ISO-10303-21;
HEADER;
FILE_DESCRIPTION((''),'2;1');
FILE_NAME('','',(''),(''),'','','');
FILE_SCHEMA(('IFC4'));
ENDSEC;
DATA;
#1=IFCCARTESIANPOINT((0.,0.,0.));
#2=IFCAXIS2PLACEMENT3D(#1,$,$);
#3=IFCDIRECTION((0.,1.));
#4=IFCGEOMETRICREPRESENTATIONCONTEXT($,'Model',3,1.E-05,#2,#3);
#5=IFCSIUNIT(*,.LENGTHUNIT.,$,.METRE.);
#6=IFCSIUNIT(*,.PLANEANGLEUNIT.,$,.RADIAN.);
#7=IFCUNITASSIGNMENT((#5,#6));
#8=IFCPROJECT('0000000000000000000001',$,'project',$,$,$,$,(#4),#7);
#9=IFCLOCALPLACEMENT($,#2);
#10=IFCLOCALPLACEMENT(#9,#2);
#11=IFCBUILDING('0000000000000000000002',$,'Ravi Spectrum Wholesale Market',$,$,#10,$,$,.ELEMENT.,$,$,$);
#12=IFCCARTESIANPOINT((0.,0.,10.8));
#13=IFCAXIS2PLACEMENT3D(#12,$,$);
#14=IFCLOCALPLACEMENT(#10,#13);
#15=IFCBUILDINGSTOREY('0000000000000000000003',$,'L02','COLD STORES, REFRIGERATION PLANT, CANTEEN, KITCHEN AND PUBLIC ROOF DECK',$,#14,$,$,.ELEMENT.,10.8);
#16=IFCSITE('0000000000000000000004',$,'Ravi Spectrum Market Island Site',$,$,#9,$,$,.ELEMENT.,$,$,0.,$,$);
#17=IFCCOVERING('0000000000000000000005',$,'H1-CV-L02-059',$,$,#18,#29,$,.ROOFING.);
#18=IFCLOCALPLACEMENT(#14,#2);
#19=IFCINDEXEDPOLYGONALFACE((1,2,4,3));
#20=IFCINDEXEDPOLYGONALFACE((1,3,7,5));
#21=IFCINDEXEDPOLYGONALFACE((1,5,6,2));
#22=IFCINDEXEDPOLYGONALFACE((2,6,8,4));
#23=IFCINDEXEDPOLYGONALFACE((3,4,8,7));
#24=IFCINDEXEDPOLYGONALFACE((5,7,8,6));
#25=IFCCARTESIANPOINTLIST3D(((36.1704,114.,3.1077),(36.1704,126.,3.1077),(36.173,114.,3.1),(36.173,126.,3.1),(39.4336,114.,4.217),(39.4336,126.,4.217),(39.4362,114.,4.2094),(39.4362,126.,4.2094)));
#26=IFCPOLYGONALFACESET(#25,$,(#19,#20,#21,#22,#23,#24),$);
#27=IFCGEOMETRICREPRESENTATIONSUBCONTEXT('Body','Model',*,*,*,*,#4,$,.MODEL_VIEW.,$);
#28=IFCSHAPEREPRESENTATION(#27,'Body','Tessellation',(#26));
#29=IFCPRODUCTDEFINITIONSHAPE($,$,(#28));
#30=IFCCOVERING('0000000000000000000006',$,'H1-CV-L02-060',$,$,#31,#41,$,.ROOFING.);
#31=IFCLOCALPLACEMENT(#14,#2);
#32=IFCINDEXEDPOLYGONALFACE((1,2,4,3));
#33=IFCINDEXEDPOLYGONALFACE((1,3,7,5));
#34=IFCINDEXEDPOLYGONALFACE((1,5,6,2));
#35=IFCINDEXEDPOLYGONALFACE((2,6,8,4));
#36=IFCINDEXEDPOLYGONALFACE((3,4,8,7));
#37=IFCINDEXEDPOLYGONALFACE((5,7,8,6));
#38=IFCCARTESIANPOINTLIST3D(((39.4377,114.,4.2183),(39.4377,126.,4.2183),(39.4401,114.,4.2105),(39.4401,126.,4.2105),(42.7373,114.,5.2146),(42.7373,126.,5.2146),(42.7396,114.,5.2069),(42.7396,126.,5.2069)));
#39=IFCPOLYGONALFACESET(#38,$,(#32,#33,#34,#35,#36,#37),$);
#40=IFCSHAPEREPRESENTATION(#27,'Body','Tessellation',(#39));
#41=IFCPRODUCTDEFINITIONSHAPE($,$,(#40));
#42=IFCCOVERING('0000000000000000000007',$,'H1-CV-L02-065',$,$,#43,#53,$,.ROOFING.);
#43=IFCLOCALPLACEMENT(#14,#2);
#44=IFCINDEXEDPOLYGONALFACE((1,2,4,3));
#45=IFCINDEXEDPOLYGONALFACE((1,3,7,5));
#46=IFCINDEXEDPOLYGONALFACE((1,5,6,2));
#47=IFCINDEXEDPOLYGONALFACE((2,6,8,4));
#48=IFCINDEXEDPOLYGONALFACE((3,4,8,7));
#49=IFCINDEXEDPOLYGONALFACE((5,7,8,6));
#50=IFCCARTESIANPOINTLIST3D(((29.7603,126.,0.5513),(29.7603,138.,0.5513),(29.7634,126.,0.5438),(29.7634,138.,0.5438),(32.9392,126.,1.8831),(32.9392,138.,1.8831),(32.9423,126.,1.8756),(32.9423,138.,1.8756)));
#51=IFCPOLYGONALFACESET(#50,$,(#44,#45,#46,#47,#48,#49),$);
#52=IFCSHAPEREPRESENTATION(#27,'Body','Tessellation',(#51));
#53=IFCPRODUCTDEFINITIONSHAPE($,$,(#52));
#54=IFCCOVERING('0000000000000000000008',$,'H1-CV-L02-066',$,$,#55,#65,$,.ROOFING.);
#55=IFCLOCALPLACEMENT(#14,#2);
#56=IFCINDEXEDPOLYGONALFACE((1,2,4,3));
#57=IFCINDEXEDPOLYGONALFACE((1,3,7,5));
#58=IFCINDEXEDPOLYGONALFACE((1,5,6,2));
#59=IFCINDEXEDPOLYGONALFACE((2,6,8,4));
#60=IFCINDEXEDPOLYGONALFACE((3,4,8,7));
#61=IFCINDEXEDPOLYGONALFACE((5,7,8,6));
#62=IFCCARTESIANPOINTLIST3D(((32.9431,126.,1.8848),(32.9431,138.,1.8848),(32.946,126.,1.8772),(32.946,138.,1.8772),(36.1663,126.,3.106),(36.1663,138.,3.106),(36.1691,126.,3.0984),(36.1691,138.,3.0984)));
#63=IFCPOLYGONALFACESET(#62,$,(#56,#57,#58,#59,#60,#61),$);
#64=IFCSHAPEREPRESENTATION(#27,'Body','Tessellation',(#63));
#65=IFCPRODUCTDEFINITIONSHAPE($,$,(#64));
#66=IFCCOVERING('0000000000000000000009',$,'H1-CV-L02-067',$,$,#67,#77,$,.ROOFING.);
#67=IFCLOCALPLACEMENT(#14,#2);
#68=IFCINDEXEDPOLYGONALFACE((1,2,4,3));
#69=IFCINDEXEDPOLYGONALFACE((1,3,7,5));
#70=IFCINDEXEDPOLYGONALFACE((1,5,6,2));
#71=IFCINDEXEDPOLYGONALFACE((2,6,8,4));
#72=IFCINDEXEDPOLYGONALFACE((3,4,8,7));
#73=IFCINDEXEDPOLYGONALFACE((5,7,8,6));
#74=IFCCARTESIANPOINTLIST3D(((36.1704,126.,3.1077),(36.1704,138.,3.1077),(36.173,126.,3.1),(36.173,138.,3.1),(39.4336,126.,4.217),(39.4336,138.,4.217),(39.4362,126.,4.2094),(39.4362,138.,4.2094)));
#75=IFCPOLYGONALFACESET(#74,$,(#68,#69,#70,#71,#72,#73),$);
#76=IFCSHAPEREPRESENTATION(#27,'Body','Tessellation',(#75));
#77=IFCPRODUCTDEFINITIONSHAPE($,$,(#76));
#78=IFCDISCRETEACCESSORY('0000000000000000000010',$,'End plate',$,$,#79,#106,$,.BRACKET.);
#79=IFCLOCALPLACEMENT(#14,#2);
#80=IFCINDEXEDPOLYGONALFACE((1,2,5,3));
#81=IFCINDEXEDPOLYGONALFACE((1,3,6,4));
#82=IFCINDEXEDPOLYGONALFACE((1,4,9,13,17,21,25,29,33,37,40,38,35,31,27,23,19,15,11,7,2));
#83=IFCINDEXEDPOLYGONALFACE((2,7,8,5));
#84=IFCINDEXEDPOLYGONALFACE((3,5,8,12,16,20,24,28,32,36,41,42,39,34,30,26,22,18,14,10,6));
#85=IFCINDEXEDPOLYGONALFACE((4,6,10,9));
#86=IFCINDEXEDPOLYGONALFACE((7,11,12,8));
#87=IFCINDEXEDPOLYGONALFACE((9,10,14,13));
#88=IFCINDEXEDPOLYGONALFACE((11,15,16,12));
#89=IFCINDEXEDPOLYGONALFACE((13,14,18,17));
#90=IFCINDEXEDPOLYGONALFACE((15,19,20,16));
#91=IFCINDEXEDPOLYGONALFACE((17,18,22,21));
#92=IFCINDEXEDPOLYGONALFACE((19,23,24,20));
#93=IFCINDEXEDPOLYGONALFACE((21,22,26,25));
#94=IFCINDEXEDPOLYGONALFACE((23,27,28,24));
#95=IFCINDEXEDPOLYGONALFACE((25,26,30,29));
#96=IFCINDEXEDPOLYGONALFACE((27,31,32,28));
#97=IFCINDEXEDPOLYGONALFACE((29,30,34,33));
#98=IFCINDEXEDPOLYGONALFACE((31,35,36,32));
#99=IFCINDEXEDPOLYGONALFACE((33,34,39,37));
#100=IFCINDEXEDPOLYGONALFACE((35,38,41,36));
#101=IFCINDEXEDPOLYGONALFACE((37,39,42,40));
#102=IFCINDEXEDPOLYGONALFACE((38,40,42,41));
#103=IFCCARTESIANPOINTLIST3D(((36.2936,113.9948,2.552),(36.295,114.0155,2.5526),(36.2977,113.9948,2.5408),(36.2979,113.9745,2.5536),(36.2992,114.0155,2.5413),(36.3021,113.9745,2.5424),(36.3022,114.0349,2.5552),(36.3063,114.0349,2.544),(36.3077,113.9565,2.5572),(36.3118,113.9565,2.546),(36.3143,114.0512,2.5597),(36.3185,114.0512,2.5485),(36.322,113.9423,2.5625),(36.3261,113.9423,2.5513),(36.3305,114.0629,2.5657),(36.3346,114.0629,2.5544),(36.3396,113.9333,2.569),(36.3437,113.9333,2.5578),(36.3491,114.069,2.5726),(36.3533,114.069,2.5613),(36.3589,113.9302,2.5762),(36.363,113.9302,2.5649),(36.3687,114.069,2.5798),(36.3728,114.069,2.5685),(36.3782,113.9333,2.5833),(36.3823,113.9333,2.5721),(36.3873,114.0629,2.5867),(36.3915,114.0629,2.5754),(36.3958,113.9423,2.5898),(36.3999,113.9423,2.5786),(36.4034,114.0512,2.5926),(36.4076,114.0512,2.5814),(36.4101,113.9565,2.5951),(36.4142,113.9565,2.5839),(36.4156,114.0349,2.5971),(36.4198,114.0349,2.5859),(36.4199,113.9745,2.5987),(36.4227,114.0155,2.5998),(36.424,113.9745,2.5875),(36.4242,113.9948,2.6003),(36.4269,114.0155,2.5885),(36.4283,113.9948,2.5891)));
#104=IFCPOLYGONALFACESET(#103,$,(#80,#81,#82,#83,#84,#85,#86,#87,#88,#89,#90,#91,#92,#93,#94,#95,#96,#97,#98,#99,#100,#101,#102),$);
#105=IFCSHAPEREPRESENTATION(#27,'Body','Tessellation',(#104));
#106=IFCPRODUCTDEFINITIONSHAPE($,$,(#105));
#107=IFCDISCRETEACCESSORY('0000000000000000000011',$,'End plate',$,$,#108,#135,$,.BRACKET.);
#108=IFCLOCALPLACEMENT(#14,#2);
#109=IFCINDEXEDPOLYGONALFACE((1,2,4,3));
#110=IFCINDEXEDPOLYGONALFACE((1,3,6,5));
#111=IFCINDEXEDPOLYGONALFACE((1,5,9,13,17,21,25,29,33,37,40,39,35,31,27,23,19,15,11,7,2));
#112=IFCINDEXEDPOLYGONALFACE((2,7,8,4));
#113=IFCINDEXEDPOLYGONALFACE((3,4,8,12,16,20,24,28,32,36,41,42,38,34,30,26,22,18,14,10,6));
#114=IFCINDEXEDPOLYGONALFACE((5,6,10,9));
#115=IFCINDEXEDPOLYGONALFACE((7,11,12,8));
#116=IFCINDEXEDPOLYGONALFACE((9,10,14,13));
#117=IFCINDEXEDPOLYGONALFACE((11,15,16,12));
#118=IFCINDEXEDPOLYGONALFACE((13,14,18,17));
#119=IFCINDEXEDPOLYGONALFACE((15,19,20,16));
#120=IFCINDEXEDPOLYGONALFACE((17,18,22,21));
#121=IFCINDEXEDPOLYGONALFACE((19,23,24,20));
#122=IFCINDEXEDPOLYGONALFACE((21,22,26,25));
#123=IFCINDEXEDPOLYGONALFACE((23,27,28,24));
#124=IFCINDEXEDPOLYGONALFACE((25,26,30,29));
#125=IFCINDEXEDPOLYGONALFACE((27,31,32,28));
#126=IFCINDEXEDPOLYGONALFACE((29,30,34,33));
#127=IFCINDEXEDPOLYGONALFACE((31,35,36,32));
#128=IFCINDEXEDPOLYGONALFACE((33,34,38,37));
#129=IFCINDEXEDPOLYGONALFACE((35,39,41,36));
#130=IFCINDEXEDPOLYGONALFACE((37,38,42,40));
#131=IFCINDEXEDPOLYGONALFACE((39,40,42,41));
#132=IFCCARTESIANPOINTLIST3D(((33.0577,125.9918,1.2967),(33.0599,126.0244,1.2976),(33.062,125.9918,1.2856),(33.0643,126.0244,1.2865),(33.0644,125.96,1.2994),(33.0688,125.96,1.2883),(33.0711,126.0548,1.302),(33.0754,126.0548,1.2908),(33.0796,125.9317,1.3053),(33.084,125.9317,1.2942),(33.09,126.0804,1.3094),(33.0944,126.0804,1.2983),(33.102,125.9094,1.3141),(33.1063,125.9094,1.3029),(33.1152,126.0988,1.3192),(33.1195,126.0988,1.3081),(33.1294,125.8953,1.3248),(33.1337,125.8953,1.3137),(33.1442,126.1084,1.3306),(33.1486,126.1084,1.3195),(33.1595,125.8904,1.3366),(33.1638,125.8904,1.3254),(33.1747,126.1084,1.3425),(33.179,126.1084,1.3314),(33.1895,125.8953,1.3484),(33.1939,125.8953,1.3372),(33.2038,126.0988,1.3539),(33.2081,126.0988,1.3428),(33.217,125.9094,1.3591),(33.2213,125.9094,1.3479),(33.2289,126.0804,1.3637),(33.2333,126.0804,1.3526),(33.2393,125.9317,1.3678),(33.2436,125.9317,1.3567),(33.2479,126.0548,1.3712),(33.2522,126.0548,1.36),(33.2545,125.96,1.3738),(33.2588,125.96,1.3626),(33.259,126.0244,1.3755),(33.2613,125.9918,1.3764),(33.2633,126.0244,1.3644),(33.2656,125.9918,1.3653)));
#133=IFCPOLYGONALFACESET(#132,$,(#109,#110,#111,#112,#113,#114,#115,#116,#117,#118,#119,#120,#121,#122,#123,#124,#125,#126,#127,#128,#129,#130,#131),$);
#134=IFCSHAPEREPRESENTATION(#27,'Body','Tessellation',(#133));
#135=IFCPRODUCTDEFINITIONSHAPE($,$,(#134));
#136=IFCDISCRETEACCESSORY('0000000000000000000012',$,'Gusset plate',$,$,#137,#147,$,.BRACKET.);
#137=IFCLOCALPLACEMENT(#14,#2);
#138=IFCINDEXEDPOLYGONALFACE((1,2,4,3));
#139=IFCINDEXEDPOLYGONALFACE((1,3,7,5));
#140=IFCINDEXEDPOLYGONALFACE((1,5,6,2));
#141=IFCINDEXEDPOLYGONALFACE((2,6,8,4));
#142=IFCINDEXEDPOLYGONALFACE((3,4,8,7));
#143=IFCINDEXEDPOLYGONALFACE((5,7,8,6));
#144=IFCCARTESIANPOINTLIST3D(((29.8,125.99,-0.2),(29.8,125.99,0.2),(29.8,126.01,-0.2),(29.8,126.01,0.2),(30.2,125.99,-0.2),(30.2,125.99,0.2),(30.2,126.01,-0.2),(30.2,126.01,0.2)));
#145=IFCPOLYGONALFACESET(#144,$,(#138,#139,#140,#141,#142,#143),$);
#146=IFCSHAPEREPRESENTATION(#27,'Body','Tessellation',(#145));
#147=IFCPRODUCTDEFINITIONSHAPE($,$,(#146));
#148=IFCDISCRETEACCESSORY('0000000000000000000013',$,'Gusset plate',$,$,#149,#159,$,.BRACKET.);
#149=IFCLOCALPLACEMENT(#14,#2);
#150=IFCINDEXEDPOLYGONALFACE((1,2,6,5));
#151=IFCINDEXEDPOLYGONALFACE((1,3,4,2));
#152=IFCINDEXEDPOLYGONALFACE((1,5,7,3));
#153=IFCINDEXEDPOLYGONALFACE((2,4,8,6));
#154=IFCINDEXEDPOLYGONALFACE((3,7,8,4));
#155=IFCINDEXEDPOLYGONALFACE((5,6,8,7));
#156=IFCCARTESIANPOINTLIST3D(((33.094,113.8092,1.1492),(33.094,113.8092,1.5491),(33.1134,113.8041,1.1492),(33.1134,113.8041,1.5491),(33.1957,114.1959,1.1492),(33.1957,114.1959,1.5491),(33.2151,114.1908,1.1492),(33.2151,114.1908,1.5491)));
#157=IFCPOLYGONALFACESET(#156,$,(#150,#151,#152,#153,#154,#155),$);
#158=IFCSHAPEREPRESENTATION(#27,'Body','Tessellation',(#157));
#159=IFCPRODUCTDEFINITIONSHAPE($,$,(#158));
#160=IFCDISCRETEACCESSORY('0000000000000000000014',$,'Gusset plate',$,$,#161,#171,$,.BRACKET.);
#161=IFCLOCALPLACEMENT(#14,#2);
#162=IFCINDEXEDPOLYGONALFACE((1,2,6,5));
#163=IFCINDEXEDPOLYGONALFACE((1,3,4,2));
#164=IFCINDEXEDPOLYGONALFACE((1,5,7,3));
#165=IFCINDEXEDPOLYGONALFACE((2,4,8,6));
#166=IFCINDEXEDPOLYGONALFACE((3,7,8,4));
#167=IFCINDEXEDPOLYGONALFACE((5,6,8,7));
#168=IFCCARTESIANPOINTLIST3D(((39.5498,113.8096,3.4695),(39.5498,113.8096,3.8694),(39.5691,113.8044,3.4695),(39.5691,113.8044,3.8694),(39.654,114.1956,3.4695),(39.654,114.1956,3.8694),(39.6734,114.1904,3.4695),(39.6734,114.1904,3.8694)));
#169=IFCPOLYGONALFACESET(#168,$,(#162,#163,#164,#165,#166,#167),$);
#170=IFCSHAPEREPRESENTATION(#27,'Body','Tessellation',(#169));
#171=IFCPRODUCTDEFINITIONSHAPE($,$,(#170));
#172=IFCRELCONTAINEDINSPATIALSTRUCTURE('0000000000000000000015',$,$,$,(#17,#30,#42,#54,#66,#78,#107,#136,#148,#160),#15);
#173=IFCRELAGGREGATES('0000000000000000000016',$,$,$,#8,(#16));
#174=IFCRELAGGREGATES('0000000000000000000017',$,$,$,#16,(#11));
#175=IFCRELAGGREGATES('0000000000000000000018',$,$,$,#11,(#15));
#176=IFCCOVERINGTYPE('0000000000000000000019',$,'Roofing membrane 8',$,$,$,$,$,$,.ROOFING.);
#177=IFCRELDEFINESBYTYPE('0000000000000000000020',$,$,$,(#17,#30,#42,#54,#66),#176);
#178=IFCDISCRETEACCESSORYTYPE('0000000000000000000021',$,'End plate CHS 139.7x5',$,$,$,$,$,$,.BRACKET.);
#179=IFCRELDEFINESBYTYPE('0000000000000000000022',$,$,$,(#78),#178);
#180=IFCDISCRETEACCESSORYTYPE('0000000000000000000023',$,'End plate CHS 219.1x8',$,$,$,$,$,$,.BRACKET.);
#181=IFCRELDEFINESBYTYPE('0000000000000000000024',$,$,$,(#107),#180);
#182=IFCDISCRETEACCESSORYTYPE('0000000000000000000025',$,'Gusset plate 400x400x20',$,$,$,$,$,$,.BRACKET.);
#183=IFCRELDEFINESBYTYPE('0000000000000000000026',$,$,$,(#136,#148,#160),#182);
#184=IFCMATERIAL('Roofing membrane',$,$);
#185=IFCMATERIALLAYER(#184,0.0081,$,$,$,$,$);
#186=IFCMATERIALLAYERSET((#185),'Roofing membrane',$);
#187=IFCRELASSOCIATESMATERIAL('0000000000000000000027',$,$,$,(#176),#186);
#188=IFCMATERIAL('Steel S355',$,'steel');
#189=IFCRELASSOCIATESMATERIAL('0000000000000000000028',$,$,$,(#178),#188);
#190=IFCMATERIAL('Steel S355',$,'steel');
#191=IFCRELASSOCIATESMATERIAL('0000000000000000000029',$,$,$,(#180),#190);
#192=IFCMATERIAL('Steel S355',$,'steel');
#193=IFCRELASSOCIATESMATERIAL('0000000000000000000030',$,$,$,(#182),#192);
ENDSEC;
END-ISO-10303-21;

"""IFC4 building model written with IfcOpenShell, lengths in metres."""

from ifc_helpers import new_model, si_unit, direction, frame, origin, origin_2d, place, context, subcontext, project, spatial, polyline, rectangle, circle, outline, extrude, material, layer, layer_set, material_profile, profile_set, type_object, element, save


model = new_model("IFC4")

# Units and contexts
model_context = context("Model", 3, precision=1e-05, world=origin(), true_north=direction((0.0, 1.0)))
body_context = subcontext(model_context, "Body", "Model", "MODEL_VIEW")
ifc_project = project(units=[si_unit("LENGTHUNIT", "METRE"), si_unit("PLANEANGLEUNIT", "RADIAN")], contexts=[model_context])

# Site, building, storey
site_placement = place(None, origin())
site = spatial("IfcSite", under=ifc_project, at=site_placement, Name="Ravi Spectrum Market Island Site", CompositionType="ELEMENT", RefElevation=0.0)
building_placement = place(site_placement, origin())
building = spatial("IfcBuilding", under=site, at=building_placement, Name="Ravi Spectrum Wholesale Market", CompositionType="ELEMENT")
storey_placement = place(building_placement, frame((0.0, 0.0, 10.8)))
storey = spatial("IfcBuildingStorey", under=building, at=storey_placement, Name="L02", Description="COLD STORES, REFRIGERATION PLANT, CANTEEN, KITCHEN AND PUBLIC ROOF DECK", CompositionType="ELEMENT", Elevation=10.8)

# Coverings
ifc_material_1 = material(Name="Roofing membrane")
ifc_layer_1 = layer(ifc_material_1, 0.0081)
ifc_layer_set_1 = layer_set([ifc_layer_1], Name="Roofing membrane")
covering_type = type_object("IfcCoveringType", Name="Roofing membrane 8", PredefinedType="ROOFING", material=ifc_layer_set_1)
covering_1_placement = place(storey_placement, frame((36.1704, 114.0, 3.1077), z_axis=(-0.321875, 0.0, 0.946782), x_axis=(0.946782, 0.0, 0.321875)))
element("IfcCovering", 1, at=covering_1_placement, inside=storey, type_object=covering_type, Name="H1-CV-L02-059", PredefinedType="ROOFING", context=body_context, shape_type="SweptSolid", body=[
    extrude(outline(polyline([(0.0, 0.0), (3.4466, 0.0), (3.4466, 12.0), (0.0, 12.0), (0.0, 0.0)])), origin(), (0.0, 0.0, -1.0), 0.0081),
])
covering_2_placement = place(storey_placement, frame((39.4377, 114.0, 4.2183), z_axis=(-0.28907, 0.0, 0.957308), x_axis=(0.957308, 0.0, 0.28907)))
element("IfcCovering", 2, at=covering_2_placement, inside=storey, type_object=covering_type, Name="H1-CV-L02-060", PredefinedType="ROOFING", context=body_context, shape_type="SweptSolid", body=[
    extrude(outline(polyline([(0.0, 0.0), (3.4467, 0.0), (3.4467, 12.0), (0.0, 12.0), (0.0, 0.0)])), origin(), (0.0, 0.0, -1.0), 0.0081),
])
covering_3_placement = place(storey_placement, frame((29.7603, 126.0, 0.5513), z_axis=(-0.3864, 0.0, 0.922331), x_axis=(0.922331, 0.0, 0.3864)))
element("IfcCovering", 3, at=covering_3_placement, inside=storey, type_object=covering_type, Name="H1-CV-L02-065", PredefinedType="ROOFING", context=body_context, shape_type="SweptSolid", body=[
    extrude(outline(polyline([(0.0, 0.0), (3.4467, 0.0), (3.4467, 12.0), (0.0, 12.0), (0.0, 0.0)])), origin(), (0.0, 0.0, -1.0), 0.0081),
])
covering_4_placement = place(storey_placement, frame((32.9431, 126.0, 1.8848), z_axis=(-0.354304, 0.0, 0.93513), x_axis=(0.93513, 0.0, 0.354304)))
element("IfcCovering", 4, at=covering_4_placement, inside=storey, type_object=covering_type, Name="H1-CV-L02-066", PredefinedType="ROOFING", context=body_context, shape_type="SweptSolid", body=[
    extrude(outline(polyline([(0.0, 0.0), (3.4467, 0.0), (3.4467, 12.0), (0.0, 12.0), (0.0, 0.0)])), origin(), (0.0, 0.0, -1.0), 0.0081),
])
covering_5_placement = place(storey_placement, frame((36.1704, 126.0, 3.1077), z_axis=(-0.321875, 0.0, 0.946782), x_axis=(0.946782, 0.0, 0.321875)))
element("IfcCovering", 5, at=covering_5_placement, inside=storey, type_object=covering_type, Name="H1-CV-L02-067", PredefinedType="ROOFING", context=body_context, shape_type="SweptSolid", body=[
    extrude(outline(polyline([(0.0, 0.0), (3.4466, 0.0), (3.4466, 12.0), (0.0, 12.0), (0.0, 0.0)])), origin(), (0.0, 0.0, -1.0), 0.0081),
])

# Discrete accessories
ifc_material_2 = material(Name="Steel S355", Category="steel")
ifc_material_profile_1 = material_profile(ifc_material_2, circle(Radius=0.0698, at=origin_2d()))
ifc_profile_set_1 = profile_set([ifc_material_profile_1], Name="Steel S355")
discrete_accessory_type_1 = type_object("IfcDiscreteAccessoryType", Name="End plate CHS 139.7x5", PredefinedType="BRACKET", material=ifc_profile_set_1)
discrete_accessory_1_placement = place(storey_placement, frame((36.363, 114.0, 2.5649), z_axis=(-0.34665, 0.0, 0.937994), x_axis=(0.0, -1.0, 0.0)))
element("IfcDiscreteAccessory", 6, at=discrete_accessory_1_placement, inside=storey, type_object=discrete_accessory_type_1, Name="End plate", PredefinedType="BRACKET", context=body_context, shape_type="SweptSolid", body=[
    extrude(circle(Radius=0.0698, at=origin_2d()), origin(), (0.0, 0.0, 1.0), 0.012),
])
ifc_material_3 = material(Name="Steel S355", Category="steel")
ifc_material_profile_2 = material_profile(ifc_material_3, circle(Radius=0.1096, at=origin_2d()))
ifc_profile_set_2 = profile_set([ifc_material_profile_2], Name="Steel S355")
discrete_accessory_type_2 = type_object("IfcDiscreteAccessoryType", Name="End plate CHS 219.1x8", PredefinedType="BRACKET", material=ifc_profile_set_2)
discrete_accessory_2_placement = place(storey_placement, frame((33.1638, 126.0, 1.3254), z_axis=(-0.364399, 0.0, 0.931243), x_axis=(0.0, -1.0, 0.0)))
element("IfcDiscreteAccessory", 7, at=discrete_accessory_2_placement, inside=storey, type_object=discrete_accessory_type_2, Name="End plate", PredefinedType="BRACKET", context=body_context, shape_type="SweptSolid", body=[
    extrude(circle(Radius=0.1096, at=origin_2d()), origin(), (0.0, 0.0, 1.0), 0.012),
])
ifc_material_4 = material(Name="Steel S355", Category="steel")
ifc_material_profile_3 = material_profile(ifc_material_4, rectangle(XDim=0.3999, YDim=0.02, at=origin_2d()))
ifc_profile_set_3 = profile_set([ifc_material_profile_3], Name="Steel S355")
discrete_accessory_type_3 = type_object("IfcDiscreteAccessoryType", Name="Gusset plate 400x400x20", PredefinedType="BRACKET", material=ifc_profile_set_3)
for number, where, z_axis, x_axis, name in (
    (8, (30.0, 126.0, -0.2), (0.0, 0.0, 1.0), (1.0, 0.0, 0.0), "Gusset plate"),
    (9, (33.1545, 114.0, 1.1492), (0.0, 0.0, 1.0), (0.254235, 0.967143, 0.0), "Gusset plate"),
    (10, (39.6116, 114.0, 3.4695), (0.0, 0.0, 1.0), (0.260664, 0.96543, 0.0), "Gusset plate"),
):
    element("IfcDiscreteAccessory", number, at=place(storey_placement, frame(where, z_axis=z_axis, x_axis=x_axis)), inside=storey, type_object=discrete_accessory_type_3, Name=name, PredefinedType="BRACKET", context=body_context, shape_type="SweptSolid", body=[
        extrude(rectangle(XDim=0.3999, YDim=0.02, at=origin_2d()), origin(), (0.0, 0.0, 1.0), 0.3999),
    ])

save(model, "model.ifc")
